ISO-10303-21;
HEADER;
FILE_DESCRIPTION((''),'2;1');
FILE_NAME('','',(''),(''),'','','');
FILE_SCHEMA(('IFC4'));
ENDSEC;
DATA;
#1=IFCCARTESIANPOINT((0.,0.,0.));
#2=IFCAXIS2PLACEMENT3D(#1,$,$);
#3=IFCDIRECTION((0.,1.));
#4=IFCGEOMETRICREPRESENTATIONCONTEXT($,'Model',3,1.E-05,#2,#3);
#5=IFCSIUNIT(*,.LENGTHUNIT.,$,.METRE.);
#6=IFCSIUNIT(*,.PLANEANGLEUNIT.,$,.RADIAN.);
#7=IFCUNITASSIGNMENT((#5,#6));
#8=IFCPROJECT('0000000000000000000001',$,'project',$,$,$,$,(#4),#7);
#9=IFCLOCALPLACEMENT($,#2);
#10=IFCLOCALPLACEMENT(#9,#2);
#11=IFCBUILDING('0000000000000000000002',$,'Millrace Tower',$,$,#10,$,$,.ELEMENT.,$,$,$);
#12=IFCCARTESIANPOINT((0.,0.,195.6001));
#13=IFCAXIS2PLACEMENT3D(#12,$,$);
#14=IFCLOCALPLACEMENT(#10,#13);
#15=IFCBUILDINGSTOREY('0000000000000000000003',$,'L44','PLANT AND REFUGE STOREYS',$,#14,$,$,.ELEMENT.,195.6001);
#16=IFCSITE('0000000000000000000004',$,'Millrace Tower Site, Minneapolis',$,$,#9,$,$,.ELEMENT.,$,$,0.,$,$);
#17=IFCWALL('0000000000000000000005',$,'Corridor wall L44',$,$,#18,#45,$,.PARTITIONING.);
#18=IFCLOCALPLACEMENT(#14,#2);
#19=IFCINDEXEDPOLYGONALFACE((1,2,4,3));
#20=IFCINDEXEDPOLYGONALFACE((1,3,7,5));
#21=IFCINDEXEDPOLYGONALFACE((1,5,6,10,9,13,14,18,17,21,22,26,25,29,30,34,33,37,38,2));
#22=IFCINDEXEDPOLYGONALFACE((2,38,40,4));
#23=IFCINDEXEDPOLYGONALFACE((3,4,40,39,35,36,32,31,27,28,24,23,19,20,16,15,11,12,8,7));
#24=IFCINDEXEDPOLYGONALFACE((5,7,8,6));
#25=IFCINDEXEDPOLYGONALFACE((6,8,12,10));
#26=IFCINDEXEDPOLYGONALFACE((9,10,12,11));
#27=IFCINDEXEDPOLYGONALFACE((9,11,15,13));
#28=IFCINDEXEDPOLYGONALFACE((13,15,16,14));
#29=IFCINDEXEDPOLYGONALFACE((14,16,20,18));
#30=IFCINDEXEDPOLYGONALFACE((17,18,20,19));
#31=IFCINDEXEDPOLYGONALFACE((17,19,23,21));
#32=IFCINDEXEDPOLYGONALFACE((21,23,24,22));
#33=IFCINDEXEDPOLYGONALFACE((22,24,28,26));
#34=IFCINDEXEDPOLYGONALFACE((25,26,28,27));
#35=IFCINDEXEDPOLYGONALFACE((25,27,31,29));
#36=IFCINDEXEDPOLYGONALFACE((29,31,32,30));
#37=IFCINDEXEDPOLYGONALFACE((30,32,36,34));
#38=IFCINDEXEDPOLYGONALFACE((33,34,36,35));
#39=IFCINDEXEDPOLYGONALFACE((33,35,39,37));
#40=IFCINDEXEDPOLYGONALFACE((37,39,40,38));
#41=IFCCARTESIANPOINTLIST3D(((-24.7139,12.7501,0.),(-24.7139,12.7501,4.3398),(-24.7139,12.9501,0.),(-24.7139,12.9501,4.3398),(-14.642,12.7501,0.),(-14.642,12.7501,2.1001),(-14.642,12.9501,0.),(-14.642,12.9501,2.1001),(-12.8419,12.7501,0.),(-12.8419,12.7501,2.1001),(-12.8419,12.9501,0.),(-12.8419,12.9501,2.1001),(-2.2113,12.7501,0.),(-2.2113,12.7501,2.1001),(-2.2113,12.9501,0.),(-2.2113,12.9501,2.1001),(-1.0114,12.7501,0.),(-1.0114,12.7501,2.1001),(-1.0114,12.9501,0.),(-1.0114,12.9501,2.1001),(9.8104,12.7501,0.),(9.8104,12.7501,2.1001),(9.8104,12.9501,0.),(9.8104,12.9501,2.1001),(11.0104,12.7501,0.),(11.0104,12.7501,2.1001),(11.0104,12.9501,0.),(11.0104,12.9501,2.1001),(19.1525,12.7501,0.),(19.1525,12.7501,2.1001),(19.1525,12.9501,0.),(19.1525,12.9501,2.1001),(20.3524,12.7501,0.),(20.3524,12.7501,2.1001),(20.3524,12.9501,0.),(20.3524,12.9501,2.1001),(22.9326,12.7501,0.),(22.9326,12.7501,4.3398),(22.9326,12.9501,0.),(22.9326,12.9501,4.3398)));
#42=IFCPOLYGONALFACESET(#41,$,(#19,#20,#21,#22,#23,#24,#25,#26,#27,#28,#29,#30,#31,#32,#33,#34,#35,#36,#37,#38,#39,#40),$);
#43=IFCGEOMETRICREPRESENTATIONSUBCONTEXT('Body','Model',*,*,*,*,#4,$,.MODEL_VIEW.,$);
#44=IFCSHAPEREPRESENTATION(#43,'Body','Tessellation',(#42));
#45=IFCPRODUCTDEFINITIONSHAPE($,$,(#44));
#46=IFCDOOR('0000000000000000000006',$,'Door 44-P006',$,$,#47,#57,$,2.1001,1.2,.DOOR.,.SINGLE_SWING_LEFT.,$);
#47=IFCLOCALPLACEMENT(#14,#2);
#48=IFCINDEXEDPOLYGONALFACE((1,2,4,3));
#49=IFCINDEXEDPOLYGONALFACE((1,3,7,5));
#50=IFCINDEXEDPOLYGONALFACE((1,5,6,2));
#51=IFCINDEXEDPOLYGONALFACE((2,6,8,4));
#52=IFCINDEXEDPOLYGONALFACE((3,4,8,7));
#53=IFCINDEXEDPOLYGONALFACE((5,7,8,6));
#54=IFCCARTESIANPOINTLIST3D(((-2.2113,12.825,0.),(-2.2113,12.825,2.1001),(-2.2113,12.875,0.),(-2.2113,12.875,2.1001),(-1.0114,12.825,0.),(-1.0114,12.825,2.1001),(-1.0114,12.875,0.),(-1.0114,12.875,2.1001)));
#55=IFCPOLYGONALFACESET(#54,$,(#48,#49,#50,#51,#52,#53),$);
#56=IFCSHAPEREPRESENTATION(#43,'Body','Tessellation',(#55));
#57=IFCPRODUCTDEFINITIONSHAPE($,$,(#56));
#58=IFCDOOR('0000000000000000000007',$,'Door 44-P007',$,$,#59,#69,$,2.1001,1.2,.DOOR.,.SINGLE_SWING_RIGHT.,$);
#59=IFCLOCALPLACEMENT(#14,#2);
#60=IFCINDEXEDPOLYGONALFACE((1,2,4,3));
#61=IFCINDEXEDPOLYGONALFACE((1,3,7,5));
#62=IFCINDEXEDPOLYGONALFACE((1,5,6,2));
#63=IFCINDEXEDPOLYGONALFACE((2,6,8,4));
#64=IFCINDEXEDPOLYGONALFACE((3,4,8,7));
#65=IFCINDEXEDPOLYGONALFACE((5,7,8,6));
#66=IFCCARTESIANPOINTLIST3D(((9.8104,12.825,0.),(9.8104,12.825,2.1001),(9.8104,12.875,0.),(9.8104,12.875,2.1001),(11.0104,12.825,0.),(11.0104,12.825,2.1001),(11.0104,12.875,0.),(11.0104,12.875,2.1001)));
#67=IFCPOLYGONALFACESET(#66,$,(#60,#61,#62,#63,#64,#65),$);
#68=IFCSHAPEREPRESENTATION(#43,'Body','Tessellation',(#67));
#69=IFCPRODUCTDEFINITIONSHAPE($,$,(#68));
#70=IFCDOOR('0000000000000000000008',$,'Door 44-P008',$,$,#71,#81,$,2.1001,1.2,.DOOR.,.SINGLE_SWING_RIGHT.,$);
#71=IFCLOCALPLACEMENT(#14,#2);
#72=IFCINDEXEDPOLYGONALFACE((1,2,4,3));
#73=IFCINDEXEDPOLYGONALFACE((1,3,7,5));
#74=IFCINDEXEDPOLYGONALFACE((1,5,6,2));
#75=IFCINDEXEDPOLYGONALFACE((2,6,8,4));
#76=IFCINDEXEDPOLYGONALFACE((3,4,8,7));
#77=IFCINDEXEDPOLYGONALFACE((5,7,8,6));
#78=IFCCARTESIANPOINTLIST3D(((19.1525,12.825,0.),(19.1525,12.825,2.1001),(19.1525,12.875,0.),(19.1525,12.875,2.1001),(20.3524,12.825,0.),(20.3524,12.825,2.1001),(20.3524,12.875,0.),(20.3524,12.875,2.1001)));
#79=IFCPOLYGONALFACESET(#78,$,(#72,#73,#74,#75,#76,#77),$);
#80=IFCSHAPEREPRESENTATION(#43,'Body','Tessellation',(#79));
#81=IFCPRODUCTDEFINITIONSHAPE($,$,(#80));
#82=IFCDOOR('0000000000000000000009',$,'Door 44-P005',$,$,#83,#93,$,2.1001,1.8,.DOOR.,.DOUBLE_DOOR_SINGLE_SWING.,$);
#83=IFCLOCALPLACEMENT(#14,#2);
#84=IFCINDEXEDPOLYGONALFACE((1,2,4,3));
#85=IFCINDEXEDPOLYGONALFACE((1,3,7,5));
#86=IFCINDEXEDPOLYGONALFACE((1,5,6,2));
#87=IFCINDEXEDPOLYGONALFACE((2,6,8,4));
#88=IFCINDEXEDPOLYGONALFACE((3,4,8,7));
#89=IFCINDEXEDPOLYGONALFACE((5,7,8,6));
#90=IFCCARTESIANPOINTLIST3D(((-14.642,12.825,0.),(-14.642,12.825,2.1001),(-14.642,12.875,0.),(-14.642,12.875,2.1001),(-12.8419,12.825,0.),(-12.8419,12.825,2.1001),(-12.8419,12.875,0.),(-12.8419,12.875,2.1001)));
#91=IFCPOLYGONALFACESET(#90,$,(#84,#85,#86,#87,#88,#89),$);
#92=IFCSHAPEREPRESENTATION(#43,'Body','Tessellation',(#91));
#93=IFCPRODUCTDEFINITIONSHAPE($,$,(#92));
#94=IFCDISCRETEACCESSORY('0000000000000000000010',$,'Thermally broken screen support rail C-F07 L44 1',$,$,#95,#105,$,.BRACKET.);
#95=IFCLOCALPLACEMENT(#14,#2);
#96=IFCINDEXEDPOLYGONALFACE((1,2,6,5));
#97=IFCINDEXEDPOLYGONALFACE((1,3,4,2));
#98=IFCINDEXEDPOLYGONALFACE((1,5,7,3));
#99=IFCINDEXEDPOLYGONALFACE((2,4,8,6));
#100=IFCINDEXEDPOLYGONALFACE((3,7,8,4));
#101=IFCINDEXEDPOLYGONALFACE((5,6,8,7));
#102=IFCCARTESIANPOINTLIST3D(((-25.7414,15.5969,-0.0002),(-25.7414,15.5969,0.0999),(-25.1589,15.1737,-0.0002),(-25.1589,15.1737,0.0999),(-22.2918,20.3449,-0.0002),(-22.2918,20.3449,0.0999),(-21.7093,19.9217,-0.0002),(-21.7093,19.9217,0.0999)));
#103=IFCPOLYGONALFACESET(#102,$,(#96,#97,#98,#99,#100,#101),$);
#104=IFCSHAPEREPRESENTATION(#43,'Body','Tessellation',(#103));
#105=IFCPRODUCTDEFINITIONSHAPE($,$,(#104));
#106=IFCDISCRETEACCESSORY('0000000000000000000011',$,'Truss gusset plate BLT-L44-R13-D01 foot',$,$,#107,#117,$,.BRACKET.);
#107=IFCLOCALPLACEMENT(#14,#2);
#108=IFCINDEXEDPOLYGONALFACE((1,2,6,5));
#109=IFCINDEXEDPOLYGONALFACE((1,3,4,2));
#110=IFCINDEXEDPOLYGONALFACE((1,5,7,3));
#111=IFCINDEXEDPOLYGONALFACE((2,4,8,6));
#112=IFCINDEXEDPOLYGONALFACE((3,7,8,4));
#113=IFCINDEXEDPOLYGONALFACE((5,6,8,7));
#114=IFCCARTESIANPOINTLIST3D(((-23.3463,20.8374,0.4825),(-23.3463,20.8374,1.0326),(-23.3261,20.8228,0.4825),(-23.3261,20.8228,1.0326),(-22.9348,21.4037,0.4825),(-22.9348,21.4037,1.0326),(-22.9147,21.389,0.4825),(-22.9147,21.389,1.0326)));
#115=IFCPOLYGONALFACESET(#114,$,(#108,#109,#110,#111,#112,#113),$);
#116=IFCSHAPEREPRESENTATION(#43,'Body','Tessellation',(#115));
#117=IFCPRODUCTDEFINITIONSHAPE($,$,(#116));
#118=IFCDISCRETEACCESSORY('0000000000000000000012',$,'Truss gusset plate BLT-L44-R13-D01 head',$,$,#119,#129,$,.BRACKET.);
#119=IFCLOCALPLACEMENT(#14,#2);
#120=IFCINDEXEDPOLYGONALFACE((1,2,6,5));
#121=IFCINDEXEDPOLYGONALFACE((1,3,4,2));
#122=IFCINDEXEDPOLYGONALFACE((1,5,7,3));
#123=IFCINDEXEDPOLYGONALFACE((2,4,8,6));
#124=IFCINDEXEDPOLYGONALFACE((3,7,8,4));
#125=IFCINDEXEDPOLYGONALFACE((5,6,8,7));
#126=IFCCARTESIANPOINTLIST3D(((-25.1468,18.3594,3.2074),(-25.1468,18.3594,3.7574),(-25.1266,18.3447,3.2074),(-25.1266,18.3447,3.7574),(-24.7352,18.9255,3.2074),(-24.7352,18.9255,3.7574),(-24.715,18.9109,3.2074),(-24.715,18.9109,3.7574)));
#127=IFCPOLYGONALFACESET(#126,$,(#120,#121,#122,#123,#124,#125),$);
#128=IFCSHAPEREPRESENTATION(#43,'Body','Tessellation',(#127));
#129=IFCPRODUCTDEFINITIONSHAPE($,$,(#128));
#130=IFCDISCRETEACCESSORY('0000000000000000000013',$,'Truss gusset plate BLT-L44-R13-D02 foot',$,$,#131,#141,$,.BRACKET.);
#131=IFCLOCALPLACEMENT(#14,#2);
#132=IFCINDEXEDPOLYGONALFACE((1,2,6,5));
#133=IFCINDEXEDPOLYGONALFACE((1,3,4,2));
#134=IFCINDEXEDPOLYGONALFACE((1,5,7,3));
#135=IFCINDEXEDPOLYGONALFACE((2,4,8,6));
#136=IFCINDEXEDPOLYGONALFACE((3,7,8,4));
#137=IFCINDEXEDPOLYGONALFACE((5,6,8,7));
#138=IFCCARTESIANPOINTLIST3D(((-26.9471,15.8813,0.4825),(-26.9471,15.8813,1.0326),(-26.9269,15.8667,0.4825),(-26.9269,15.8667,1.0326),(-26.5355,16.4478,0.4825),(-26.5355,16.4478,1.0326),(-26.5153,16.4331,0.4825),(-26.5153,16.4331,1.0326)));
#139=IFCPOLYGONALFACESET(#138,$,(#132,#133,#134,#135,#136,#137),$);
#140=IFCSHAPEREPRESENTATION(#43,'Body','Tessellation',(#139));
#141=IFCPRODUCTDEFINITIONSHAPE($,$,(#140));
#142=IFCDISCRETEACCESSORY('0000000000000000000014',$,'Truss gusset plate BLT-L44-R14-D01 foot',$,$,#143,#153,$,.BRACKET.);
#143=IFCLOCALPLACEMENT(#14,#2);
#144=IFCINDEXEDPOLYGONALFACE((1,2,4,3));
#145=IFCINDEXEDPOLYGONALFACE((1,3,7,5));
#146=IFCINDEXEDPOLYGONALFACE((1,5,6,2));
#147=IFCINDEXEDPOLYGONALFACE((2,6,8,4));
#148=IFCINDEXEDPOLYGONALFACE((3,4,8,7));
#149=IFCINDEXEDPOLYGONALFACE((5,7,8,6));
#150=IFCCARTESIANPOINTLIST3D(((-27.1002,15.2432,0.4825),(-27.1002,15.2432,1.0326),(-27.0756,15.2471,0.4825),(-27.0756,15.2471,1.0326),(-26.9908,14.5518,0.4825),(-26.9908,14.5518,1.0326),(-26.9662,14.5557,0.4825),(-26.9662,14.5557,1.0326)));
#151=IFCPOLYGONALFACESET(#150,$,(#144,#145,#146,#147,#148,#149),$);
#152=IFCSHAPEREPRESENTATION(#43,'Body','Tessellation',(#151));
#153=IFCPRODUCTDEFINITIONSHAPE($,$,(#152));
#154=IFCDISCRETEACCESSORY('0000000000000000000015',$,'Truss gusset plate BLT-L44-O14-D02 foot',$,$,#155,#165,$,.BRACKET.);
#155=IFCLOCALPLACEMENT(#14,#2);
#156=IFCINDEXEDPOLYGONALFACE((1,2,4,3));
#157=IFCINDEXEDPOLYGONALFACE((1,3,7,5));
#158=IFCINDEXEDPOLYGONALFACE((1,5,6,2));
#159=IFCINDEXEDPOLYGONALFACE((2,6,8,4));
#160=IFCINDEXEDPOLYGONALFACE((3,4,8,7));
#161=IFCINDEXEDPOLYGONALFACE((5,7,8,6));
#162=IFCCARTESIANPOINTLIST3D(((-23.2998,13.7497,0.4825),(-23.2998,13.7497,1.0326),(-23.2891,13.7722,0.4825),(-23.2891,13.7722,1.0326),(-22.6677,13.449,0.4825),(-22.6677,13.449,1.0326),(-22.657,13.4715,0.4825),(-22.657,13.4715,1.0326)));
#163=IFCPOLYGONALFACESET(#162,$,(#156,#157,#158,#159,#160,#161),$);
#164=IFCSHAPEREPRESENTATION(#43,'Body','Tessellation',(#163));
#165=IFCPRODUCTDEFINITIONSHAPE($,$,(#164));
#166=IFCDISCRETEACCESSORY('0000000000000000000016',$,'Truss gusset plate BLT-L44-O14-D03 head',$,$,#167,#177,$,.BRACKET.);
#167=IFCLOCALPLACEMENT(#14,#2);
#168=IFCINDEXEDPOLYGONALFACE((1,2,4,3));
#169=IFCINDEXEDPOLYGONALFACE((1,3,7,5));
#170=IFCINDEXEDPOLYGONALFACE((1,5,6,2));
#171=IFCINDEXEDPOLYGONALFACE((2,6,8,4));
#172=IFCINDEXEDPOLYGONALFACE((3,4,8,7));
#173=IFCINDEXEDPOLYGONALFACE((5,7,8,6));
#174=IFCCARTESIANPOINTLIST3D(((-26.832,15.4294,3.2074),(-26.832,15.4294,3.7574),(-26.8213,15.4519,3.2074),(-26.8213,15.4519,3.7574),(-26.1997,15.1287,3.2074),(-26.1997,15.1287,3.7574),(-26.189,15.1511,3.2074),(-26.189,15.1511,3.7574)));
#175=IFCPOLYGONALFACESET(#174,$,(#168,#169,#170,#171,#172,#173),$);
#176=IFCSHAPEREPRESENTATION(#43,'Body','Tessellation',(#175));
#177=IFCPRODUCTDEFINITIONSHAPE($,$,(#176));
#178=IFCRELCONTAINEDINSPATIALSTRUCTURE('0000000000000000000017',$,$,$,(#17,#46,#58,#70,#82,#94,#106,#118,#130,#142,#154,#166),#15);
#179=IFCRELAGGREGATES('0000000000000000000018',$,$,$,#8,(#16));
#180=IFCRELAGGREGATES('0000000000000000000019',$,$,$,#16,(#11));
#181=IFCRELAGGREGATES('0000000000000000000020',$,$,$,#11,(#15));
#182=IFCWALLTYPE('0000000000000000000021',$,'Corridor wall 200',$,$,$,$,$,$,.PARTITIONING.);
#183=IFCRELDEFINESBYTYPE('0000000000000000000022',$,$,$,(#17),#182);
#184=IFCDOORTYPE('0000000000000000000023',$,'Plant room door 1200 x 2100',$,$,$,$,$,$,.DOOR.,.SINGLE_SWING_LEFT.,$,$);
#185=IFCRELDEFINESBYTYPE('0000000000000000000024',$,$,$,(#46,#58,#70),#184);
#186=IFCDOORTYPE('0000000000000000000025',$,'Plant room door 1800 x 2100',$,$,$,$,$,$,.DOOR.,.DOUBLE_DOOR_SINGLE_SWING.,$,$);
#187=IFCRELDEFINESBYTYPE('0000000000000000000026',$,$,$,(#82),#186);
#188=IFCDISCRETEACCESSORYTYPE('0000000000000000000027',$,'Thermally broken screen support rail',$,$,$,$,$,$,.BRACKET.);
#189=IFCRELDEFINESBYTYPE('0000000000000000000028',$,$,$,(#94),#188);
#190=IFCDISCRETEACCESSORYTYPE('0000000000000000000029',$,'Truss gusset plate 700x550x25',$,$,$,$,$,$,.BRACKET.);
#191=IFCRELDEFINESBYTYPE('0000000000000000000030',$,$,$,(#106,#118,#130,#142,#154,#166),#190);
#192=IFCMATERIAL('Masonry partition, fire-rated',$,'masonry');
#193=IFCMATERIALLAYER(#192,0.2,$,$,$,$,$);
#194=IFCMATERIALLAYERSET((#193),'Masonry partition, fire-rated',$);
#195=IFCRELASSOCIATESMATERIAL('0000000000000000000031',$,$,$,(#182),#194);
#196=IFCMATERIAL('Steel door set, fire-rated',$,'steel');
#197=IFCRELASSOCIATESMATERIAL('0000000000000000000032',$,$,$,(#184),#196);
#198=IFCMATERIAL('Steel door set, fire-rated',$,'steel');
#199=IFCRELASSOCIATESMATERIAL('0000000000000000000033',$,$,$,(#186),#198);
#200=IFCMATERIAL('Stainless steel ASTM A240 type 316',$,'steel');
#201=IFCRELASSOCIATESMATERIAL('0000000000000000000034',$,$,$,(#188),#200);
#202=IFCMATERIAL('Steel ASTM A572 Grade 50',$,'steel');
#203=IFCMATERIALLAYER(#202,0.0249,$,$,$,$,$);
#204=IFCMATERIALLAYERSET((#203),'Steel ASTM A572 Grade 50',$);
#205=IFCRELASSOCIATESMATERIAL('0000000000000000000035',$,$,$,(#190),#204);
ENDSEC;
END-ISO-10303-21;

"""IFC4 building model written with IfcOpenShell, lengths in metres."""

from ifc_helpers import new_model, si_unit, direction, frame, frame_2d, origin, origin_2d, place, context, subcontext, project, spatial, rectangle, extrude, material, layer, layer_set, type_object, element, fill, save


model = new_model("IFC4")

# Units and contexts
model_context = context("Model", 3, precision=1e-05, world=origin(), true_north=direction((0.0, 1.0)))
body_context = subcontext(model_context, "Body", "Model", "MODEL_VIEW")
ifc_project = project(units=[si_unit("LENGTHUNIT", "METRE"), si_unit("PLANEANGLEUNIT", "RADIAN")], contexts=[model_context])

# Site, building, storey
site_placement = place(None, origin())
site = spatial("IfcSite", under=ifc_project, at=site_placement, Name="Millrace Tower Site, Minneapolis", CompositionType="ELEMENT", RefElevation=0.0)
building_placement = place(site_placement, origin())
building = spatial("IfcBuilding", under=site, at=building_placement, Name="Millrace Tower", CompositionType="ELEMENT")
storey_placement = place(building_placement, frame((0.0, 0.0, 195.6001)))
storey = spatial("IfcBuildingStorey", under=building, at=storey_placement, Name="L44", Description="PLANT AND REFUGE STOREYS", CompositionType="ELEMENT", Elevation=195.6001)

# Wall, openings, doors
ifc_material_1 = material(Name="Masonry partition, fire-rated", Category="masonry")
ifc_layer_1 = layer(ifc_material_1, 0.2)
ifc_layer_set_1 = layer_set([ifc_layer_1], Name="Masonry partition, fire-rated")
wall_type = type_object("IfcWallType", Name="Corridor wall 200", PredefinedType="PARTITIONING", material=ifc_layer_set_1)
wall_placement = place(storey_placement, frame((-24.7139, 12.8501, 0.0), z_axis=(0.0, 0.0, 1.0), x_axis=(1.0, 0.0, 0.0)))
wall = element("IfcWall", 1, at=wall_placement, inside=storey, type_object=wall_type, Name="Corridor wall L44", PredefinedType="PARTITIONING", context=body_context, shape_type="SweptSolid", body=[
    extrude(rectangle(XDim=47.6465, YDim=0.2, at=frame_2d((23.8232, 0.0))), origin(), (0.0, 0.0, 1.0), 4.3398),
])
opening_1_placement = place(wall_placement, frame((10.072, 0.0, 0.0)))
opening_1 = element("IfcOpeningElement", 2, at=opening_1_placement, cuts=wall, PredefinedType="OPENING", context=body_context, shape_type="SweptSolid", body=[
    extrude(rectangle(XDim=1.8, YDim=2.1001, at=frame_2d((0.8999, 1.05))), frame((0.0, 0.1099, 0.0), z_axis=(0.0, -1.0, 0.0), x_axis=(1.0, 0.0, 0.0)), (0.0, 0.0, 1.0), 0.22),
])
opening_2_placement = place(wall_placement, frame((22.5024, 0.0, 0.0)))
opening_2 = element("IfcOpeningElement", 3, at=opening_2_placement, cuts=wall, PredefinedType="OPENING", context=body_context, shape_type="SweptSolid", body=[
    extrude(rectangle(XDim=1.2, YDim=2.1001, at=frame_2d((0.6001, 1.05))), frame((0.0, 0.1099, 0.0), z_axis=(0.0, -1.0, 0.0), x_axis=(1.0, 0.0, 0.0)), (0.0, 0.0, 1.0), 0.22),
])
opening_3_placement = place(wall_placement, frame((34.5242, 0.0, 0.0)))
opening_3 = element("IfcOpeningElement", 4, at=opening_3_placement, cuts=wall, PredefinedType="OPENING", context=body_context, shape_type="SweptSolid", body=[
    extrude(rectangle(XDim=1.2, YDim=2.1001, at=frame_2d((0.6001, 1.05))), frame((0.0, 0.1099, 0.0), z_axis=(0.0, -1.0, 0.0), x_axis=(1.0, 0.0, 0.0)), (0.0, 0.0, 1.0), 0.22),
])
opening_4_placement = place(wall_placement, frame((43.8662, 0.0, 0.0)))
opening_4 = element("IfcOpeningElement", 5, at=opening_4_placement, cuts=wall, PredefinedType="OPENING", context=body_context, shape_type="SweptSolid", body=[
    extrude(rectangle(XDim=1.2, YDim=2.1001, at=frame_2d((0.6001, 1.05))), frame((0.0, 0.1099, 0.0), z_axis=(0.0, -1.0, 0.0), x_axis=(1.0, 0.0, 0.0)), (0.0, 0.0, 1.0), 0.22),
])
ifc_material_2 = material(Name="Steel door set, fire-rated", Category="steel")
door_type_1 = type_object("IfcDoorType", Name="Plant room door 1200 x 2100", OperationType="SINGLE_SWING_LEFT", PredefinedType="DOOR", material=ifc_material_2)
door_1_placement = place(opening_2_placement, origin())
door_1 = element("IfcDoor", 6, at=door_1_placement, inside=storey, type_object=door_type_1, Name="Door 44-P006", OperationType="SINGLE_SWING_LEFT", OverallHeight=2.1001, OverallWidth=1.2, PredefinedType="DOOR", context=body_context, shape_type="SweptSolid", body=[
    extrude(rectangle(XDim=1.2, YDim=2.1001, at=frame_2d((0.6001, 1.05))), frame((0.0, 0.0249, 0.0), z_axis=(0.0, -1.0, 0.0), x_axis=(1.0, 0.0, 0.0)), (0.0, 0.0, 1.0), 0.05),
])
fill(opening_2, door_1)
door_2_placement = place(opening_3_placement, origin())
door_2 = element("IfcDoor", 7, at=door_2_placement, inside=storey, type_object=door_type_1, Name="Door 44-P007", OperationType="SINGLE_SWING_RIGHT", OverallHeight=2.1001, OverallWidth=1.2, PredefinedType="DOOR", context=body_context, shape_type="SweptSolid", body=[
    extrude(rectangle(XDim=1.2, YDim=2.1001, at=frame_2d((0.6001, 1.05))), frame((0.0, 0.0249, 0.0), z_axis=(0.0, -1.0, 0.0), x_axis=(1.0, 0.0, 0.0)), (0.0, 0.0, 1.0), 0.05),
])
fill(opening_3, door_2)
door_3_placement = place(opening_4_placement, origin())
door_3 = element("IfcDoor", 8, at=door_3_placement, inside=storey, type_object=door_type_1, Name="Door 44-P008", OperationType="SINGLE_SWING_RIGHT", OverallHeight=2.1001, OverallWidth=1.2, PredefinedType="DOOR", context=body_context, shape_type="SweptSolid", body=[
    extrude(rectangle(XDim=1.2, YDim=2.1001, at=frame_2d((0.6001, 1.05))), frame((0.0, 0.0249, 0.0), z_axis=(0.0, -1.0, 0.0), x_axis=(1.0, 0.0, 0.0)), (0.0, 0.0, 1.0), 0.05),
])
fill(opening_4, door_3)
ifc_material_3 = material(Name="Steel door set, fire-rated", Category="steel")
door_type_2 = type_object("IfcDoorType", Name="Plant room door 1800 x 2100", OperationType="DOUBLE_DOOR_SINGLE_SWING", PredefinedType="DOOR", material=ifc_material_3)
door_4_placement = place(opening_1_placement, origin())
door_4 = element("IfcDoor", 9, at=door_4_placement, inside=storey, type_object=door_type_2, Name="Door 44-P005", OperationType="DOUBLE_DOOR_SINGLE_SWING", OverallHeight=2.1001, OverallWidth=1.8, PredefinedType="DOOR", context=body_context, shape_type="SweptSolid", body=[
    extrude(rectangle(XDim=1.8, YDim=2.1001, at=frame_2d((0.8999, 1.05))), frame((0.0, 0.0249, 0.0), z_axis=(0.0, -1.0, 0.0), x_axis=(1.0, 0.0, 0.0)), (0.0, 0.0, 1.0), 0.05),
])
fill(opening_1, door_4)

# Discrete accessories
ifc_material_4 = material(Name="Stainless steel ASTM A240 type 316", Category="steel")
discrete_accessory_type_1 = type_object("IfcDiscreteAccessoryType", Name="Thermally broken screen support rail", PredefinedType="BRACKET", material=ifc_material_4)
discrete_accessory_1_placement = place(storey_placement, frame((-23.7253, 17.7593, -0.0002), z_axis=(0.0, 0.0, 1.0), x_axis=(-0.587785, -0.809017, 0.0)))
element("IfcDiscreteAccessory", 10, at=discrete_accessory_1_placement, inside=storey, type_object=discrete_accessory_type_1, Name="Thermally broken screen support rail C-F07 L44 1", PredefinedType="BRACKET", context=body_context, shape_type="SweptSolid", body=[
    extrude(rectangle(XDim=5.8689, YDim=0.72, at=origin_2d()), origin(), (0.0, 0.0, 1.0), 0.1001),
])
ifc_material_5 = material(Name="Steel ASTM A572 Grade 50", Category="steel")
ifc_layer_2 = layer(ifc_material_5, 0.0249)
ifc_layer_set_2 = layer_set([ifc_layer_2], Name="Steel ASTM A572 Grade 50")
discrete_accessory_type_2 = type_object("IfcDiscreteAccessoryType", Name="Truss gusset plate 700x550x25", PredefinedType="BRACKET", material=ifc_layer_set_2)
for number, where, z_axis, x_axis, name in (
    (11, (-23.3362, 20.8301, 0.7576), (0.587819, 0.808992, 0.0), (-0.808992, 0.587819, 0.0), "Truss gusset plate BLT-L44-R13-D01 foot"),
    (12, (-25.1367, 18.3521, 3.4824), (0.588047, 0.808827, 0.0), (-0.808827, 0.588047, 0.0), "Truss gusset plate BLT-L44-R13-D01 head"),
):
    element("IfcDiscreteAccessory", number, at=place(storey_placement, frame(where, z_axis=z_axis, x_axis=x_axis)), inside=storey, type_object=discrete_accessory_type_2, Name=name, PredefinedType="BRACKET", context=body_context, shape_type="SweptSolid", body=[
        extrude(rectangle(XDim=0.0249, YDim=0.55, at=origin_2d()), origin(), (0.0, 0.0, 1.0), 0.7),
    ])
discrete_accessory_2_placement = place(storey_placement, frame((-26.937, 15.874, 0.7576), z_axis=(0.587881, 0.808947, 0.0), x_axis=(-0.808947, 0.587881, 0.0)))
element("IfcDiscreteAccessory", 13, at=discrete_accessory_2_placement, inside=storey, type_object=discrete_accessory_type_2, Name="Truss gusset plate BLT-L44-R13-D02 foot", PredefinedType="BRACKET", context=body_context, shape_type="SweptSolid", body=[
    extrude(rectangle(XDim=0.0249, YDim=0.55, at=origin_2d()), origin(), (0.0, 0.0, 1.0), 0.7002),
])
for number, where, z_axis, x_axis, name in (
    (14, (-27.0879, 15.2451, 0.7576), (0.156249, -0.987718, 0.0), (0.987718, 0.156249, 0.0), "Truss gusset plate BLT-L44-R14-D01 foot"),
    (15, (-23.2944, 13.761, 0.7576), (0.902977, -0.42969, 0.0), (0.42969, 0.902977, 0.0), "Truss gusset plate BLT-L44-O14-D02 foot"),
):
    element("IfcDiscreteAccessory", number, at=place(storey_placement, frame(where, z_axis=z_axis, x_axis=x_axis)), inside=storey, type_object=discrete_accessory_type_2, Name=name, PredefinedType="BRACKET", context=body_context, shape_type="SweptSolid", body=[
        extrude(rectangle(XDim=0.0249, YDim=0.55, at=origin_2d()), origin(), (0.0, 0.0, 1.0), 0.7),
    ])
discrete_accessory_3_placement = place(storey_placement, frame((-26.8267, 15.4407, 3.4824), z_axis=(0.903041, -0.429555, 0.0), x_axis=(0.429555, 0.903041, 0.0)))
element("IfcDiscreteAccessory", 16, at=discrete_accessory_3_placement, inside=storey, type_object=discrete_accessory_type_2, Name="Truss gusset plate BLT-L44-O14-D03 head", PredefinedType="BRACKET", context=body_context, shape_type="SweptSolid", body=[
    extrude(rectangle(XDim=0.0249, YDim=0.55, at=origin_2d()), origin(), (0.0, 0.0, 1.0), 0.7002),
])

save(model, "model.ifc")
